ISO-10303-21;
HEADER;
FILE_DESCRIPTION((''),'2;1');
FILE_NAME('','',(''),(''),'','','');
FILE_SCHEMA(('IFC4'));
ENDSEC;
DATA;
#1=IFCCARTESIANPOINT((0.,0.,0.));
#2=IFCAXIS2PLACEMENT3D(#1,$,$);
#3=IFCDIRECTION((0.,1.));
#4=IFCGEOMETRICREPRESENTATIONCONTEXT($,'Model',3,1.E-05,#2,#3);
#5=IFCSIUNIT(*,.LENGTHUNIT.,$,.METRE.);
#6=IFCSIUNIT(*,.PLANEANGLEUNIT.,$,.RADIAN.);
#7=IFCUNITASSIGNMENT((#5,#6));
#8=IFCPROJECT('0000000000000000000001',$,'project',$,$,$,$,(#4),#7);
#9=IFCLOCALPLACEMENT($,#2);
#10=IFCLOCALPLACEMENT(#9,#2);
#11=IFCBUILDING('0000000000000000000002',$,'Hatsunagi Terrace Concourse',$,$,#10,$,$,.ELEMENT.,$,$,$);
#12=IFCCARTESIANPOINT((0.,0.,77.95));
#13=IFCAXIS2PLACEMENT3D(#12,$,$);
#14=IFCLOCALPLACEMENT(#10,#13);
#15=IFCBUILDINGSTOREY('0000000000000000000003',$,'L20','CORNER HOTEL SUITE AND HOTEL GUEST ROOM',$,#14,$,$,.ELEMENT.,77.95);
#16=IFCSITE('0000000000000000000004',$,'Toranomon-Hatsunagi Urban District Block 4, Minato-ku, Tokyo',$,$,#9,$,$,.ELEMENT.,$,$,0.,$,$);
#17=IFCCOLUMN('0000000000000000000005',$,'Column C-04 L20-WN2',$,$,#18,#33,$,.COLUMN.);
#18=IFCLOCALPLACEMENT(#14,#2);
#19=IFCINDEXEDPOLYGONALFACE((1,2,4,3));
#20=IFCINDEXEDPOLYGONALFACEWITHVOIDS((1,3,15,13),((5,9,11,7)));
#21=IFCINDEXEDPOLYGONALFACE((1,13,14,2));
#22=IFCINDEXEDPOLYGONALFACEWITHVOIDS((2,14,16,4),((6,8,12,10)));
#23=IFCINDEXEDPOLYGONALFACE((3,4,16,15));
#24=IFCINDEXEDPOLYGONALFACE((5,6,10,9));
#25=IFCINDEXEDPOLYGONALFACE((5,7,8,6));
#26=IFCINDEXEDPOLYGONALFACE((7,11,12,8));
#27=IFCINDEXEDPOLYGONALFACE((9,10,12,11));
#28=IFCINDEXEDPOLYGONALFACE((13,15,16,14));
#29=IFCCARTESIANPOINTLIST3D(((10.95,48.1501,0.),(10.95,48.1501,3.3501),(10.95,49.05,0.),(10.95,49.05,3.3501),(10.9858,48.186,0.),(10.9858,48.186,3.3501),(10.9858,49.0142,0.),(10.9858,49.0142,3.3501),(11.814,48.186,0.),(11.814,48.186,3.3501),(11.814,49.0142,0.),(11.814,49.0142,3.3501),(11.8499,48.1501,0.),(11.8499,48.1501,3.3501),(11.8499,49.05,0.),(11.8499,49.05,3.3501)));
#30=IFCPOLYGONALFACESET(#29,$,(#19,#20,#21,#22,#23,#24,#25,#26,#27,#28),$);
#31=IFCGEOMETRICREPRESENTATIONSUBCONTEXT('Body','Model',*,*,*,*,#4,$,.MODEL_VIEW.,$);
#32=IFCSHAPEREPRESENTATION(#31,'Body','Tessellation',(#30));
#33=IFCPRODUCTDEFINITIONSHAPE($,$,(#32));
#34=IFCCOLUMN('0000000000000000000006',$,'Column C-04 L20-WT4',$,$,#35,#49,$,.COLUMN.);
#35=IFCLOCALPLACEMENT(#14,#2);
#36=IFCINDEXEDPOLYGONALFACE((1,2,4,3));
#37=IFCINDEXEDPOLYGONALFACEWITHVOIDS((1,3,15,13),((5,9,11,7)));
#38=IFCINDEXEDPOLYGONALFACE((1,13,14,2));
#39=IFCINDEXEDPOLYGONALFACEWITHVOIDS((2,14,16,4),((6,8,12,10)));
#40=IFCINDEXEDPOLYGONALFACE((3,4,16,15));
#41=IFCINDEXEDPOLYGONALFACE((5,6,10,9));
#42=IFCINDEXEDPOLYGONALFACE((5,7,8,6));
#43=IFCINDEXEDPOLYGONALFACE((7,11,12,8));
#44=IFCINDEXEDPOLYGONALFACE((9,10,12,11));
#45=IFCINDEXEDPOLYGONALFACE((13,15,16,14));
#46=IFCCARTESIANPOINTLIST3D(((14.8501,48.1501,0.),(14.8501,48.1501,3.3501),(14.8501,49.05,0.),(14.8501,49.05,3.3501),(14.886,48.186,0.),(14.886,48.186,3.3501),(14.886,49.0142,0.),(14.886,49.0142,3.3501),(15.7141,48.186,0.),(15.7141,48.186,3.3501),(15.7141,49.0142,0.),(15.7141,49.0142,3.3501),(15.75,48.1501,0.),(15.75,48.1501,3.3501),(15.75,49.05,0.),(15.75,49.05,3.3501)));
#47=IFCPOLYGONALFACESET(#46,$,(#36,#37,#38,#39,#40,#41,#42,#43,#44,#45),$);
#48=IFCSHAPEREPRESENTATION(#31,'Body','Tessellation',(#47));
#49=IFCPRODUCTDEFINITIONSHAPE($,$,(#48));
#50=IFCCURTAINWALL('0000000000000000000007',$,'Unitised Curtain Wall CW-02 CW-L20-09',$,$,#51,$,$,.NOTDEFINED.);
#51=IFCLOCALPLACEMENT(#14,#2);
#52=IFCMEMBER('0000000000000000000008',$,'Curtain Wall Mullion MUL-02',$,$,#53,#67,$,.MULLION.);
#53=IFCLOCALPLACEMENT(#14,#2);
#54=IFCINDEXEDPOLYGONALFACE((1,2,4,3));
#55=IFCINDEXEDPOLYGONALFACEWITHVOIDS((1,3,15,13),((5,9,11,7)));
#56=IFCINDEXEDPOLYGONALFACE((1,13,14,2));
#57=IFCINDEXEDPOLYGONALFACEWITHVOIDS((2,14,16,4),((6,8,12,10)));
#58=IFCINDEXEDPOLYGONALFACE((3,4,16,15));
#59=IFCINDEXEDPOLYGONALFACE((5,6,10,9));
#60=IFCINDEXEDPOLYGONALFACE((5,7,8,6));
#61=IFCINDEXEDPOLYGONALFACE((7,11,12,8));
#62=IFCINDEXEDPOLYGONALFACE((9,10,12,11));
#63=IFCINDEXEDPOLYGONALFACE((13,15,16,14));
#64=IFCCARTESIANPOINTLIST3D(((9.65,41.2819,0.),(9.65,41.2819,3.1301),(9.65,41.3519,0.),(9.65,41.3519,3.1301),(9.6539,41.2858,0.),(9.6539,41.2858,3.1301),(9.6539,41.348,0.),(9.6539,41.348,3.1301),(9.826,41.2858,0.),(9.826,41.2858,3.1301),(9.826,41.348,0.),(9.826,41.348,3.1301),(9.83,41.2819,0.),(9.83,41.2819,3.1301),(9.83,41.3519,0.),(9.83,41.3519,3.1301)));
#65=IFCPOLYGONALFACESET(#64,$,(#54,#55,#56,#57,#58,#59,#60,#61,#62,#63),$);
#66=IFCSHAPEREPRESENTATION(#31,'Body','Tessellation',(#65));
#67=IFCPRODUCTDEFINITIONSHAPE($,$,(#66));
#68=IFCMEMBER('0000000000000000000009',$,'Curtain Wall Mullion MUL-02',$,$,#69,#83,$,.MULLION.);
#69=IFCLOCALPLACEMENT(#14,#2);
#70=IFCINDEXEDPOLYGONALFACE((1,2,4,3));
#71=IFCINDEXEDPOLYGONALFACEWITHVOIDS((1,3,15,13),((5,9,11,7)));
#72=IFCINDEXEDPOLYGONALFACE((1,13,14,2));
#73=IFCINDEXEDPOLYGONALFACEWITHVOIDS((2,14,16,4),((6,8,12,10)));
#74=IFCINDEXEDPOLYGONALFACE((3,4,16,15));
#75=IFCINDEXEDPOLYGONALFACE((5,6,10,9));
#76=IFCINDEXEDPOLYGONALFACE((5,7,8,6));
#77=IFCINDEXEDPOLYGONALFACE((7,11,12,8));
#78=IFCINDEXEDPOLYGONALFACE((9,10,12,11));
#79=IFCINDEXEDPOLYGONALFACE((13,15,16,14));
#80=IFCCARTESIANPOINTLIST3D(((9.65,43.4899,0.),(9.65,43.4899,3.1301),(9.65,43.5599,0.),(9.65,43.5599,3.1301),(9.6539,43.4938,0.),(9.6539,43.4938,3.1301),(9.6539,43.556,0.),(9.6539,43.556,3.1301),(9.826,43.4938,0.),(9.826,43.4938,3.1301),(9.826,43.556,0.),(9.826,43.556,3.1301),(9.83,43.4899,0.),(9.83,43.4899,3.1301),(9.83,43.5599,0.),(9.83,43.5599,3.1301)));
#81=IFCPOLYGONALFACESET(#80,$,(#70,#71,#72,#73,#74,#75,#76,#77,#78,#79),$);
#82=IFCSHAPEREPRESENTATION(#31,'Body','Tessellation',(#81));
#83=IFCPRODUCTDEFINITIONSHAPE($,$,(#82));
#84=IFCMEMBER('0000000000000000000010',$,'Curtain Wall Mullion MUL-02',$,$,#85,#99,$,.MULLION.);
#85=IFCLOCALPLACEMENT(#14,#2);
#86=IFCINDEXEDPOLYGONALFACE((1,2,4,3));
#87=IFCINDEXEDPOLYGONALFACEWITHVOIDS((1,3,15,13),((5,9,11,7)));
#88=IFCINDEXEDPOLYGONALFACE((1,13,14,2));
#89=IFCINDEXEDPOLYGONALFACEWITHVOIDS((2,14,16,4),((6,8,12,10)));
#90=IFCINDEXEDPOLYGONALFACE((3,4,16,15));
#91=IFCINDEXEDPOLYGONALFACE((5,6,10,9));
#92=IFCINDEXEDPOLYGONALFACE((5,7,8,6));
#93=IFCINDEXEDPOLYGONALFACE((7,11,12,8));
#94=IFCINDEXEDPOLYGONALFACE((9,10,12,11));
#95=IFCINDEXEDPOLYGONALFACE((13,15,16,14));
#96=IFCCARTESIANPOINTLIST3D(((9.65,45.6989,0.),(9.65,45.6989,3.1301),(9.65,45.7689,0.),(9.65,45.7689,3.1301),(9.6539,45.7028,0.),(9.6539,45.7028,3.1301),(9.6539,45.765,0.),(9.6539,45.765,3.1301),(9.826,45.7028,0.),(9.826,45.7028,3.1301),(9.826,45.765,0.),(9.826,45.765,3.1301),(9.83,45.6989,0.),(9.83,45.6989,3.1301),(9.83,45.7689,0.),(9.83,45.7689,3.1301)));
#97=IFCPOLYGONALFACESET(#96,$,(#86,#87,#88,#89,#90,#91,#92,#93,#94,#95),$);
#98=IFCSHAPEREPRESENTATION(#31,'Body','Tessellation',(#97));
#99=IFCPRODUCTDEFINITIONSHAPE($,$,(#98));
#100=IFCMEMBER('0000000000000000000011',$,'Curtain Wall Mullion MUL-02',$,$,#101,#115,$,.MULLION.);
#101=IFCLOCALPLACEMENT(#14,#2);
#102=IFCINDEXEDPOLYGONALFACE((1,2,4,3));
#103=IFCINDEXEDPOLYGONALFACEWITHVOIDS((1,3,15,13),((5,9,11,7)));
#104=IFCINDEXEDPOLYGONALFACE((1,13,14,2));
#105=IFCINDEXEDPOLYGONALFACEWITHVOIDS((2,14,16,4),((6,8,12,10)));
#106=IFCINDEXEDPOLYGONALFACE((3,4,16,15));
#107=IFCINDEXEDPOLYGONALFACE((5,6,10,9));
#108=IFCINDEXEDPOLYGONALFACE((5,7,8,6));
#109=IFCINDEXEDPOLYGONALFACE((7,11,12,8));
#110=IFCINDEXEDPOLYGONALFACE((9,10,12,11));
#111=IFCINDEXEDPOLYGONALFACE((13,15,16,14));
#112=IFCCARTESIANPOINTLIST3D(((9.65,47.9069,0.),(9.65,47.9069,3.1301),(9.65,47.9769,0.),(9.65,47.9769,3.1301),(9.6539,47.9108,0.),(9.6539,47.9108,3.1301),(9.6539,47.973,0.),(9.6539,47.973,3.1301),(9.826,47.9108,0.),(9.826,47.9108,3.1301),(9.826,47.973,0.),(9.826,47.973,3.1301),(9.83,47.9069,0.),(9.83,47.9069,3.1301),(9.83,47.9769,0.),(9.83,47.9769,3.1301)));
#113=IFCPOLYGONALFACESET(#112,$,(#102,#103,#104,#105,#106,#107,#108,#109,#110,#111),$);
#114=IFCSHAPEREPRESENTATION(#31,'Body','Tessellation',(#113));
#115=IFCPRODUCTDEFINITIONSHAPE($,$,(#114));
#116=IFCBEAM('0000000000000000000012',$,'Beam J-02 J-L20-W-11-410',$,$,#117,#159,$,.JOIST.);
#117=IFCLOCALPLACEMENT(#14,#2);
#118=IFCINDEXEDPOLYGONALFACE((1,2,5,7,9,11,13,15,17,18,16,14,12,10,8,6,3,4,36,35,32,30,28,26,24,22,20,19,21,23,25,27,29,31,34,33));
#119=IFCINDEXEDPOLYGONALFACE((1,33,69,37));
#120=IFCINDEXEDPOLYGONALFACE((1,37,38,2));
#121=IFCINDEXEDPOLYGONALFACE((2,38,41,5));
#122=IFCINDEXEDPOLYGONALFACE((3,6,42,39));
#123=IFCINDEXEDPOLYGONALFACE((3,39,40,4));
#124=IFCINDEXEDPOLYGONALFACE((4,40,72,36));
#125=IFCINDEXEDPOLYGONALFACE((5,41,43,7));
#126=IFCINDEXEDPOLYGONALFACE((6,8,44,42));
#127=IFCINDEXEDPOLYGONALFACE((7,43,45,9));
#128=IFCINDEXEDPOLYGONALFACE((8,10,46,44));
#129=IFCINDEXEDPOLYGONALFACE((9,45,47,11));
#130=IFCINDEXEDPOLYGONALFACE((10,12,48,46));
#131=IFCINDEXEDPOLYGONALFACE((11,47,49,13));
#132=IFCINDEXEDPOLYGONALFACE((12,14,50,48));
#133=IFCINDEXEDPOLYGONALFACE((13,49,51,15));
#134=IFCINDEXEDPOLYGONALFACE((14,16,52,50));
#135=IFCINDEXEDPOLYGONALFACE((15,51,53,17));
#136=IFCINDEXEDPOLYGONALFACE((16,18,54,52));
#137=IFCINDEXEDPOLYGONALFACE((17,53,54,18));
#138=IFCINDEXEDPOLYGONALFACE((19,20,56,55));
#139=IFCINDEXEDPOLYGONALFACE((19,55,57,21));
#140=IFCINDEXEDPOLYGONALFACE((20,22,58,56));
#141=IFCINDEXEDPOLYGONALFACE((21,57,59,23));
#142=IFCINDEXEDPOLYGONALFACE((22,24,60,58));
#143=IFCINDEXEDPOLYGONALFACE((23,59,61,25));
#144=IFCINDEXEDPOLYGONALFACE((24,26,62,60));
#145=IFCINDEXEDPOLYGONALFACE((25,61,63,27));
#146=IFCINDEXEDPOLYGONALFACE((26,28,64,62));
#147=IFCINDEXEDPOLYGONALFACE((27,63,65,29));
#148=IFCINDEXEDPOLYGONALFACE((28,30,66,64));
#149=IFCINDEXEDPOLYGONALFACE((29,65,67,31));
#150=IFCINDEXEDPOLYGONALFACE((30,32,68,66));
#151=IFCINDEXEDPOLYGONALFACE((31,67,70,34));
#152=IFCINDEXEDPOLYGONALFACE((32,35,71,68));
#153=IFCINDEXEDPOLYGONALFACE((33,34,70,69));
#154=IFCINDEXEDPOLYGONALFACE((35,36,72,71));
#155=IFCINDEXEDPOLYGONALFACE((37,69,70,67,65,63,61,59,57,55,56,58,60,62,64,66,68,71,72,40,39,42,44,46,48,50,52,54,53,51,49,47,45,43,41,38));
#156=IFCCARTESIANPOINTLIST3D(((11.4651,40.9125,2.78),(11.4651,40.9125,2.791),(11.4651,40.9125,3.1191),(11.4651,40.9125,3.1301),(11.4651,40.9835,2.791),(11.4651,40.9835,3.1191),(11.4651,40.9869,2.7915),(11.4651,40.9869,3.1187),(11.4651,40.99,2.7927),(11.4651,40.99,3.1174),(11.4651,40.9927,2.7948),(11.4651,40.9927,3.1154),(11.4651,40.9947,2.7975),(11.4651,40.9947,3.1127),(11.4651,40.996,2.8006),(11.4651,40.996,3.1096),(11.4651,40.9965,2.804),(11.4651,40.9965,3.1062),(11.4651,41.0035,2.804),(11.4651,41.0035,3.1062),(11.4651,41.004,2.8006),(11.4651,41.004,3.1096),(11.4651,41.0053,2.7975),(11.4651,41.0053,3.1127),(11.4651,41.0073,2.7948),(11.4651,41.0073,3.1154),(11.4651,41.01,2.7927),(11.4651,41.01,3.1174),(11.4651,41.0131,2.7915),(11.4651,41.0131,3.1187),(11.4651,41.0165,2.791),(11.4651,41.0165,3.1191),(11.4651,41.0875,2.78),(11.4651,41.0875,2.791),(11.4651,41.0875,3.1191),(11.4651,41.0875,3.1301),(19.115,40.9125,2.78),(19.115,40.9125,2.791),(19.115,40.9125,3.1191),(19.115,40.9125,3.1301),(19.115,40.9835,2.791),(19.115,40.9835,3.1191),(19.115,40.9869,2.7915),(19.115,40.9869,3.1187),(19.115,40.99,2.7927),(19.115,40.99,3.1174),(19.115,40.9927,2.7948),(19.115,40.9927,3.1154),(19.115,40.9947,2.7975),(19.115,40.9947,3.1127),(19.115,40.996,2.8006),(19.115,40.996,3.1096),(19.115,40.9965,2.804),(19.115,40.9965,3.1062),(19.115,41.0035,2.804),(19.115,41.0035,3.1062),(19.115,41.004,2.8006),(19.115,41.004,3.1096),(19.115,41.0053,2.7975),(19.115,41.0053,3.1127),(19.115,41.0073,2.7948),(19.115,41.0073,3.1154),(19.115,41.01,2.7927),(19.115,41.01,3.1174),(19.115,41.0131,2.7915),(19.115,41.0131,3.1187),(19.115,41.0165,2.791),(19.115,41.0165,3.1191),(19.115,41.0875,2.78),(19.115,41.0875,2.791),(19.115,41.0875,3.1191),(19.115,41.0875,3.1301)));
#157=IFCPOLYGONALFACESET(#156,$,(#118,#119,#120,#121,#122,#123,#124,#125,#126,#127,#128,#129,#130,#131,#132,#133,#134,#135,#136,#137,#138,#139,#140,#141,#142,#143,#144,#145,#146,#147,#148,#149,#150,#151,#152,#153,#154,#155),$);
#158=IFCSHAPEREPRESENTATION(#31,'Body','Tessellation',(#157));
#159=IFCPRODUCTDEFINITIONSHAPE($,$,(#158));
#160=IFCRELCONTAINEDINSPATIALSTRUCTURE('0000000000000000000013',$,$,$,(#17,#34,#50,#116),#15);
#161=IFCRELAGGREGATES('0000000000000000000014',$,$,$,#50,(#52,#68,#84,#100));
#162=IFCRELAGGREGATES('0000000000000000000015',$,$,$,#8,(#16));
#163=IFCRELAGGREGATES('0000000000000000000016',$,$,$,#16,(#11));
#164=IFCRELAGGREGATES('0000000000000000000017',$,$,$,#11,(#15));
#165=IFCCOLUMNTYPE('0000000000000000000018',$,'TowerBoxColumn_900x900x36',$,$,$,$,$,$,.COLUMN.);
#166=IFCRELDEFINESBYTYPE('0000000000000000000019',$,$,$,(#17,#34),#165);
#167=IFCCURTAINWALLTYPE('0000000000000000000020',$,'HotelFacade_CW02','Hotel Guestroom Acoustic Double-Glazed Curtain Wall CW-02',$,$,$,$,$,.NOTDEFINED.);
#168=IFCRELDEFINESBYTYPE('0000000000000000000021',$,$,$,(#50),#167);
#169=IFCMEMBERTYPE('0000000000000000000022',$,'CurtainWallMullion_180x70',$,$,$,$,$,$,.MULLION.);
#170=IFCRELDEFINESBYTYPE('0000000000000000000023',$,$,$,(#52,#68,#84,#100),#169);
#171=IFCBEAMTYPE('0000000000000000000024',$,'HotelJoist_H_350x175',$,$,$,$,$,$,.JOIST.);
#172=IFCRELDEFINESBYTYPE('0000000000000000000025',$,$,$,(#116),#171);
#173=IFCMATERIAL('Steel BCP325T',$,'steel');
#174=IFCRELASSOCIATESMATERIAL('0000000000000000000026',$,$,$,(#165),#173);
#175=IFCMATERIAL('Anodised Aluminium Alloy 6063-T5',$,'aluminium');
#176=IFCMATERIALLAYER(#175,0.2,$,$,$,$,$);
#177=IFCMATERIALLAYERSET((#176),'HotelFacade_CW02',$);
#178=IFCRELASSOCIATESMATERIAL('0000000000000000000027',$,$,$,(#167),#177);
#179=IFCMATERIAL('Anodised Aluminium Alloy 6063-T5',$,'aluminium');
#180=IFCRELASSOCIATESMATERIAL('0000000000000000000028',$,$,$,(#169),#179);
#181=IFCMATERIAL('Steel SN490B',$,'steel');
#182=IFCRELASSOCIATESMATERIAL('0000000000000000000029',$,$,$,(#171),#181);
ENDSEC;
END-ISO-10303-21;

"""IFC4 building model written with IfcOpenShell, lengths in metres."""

from ifc_helpers import new_model, si_unit, direction, frame, origin, origin_2d, place, context, subcontext, project, spatial, hollow_rectangle, i_section, extrude, material, layer, layer_set, material_profile, profile_set, type_object, element, aggregate, save


model = new_model("IFC4")

# Units and contexts
model_context = context("Model", 3, precision=1e-05, world=origin(), true_north=direction((0.0, 1.0)))
body_context = subcontext(model_context, "Body", "Model", "MODEL_VIEW")
ifc_project = project(units=[si_unit("LENGTHUNIT", "METRE"), si_unit("PLANEANGLEUNIT", "RADIAN")], contexts=[model_context])

# Site, building, storey
site_placement = place(None, origin())
site = spatial("IfcSite", under=ifc_project, at=site_placement, Name="Toranomon-Hatsunagi Urban District Block 4, Minato-ku, Tokyo", CompositionType="ELEMENT", RefElevation=0.0)
building_placement = place(site_placement, origin())
building = spatial("IfcBuilding", under=site, at=building_placement, Name="Hatsunagi Terrace Concourse", CompositionType="ELEMENT")
storey_placement = place(building_placement, frame((0.0, 0.0, 77.95)))
storey = spatial("IfcBuildingStorey", under=building, at=storey_placement, Name="L20", Description="CORNER HOTEL SUITE AND HOTEL GUEST ROOM", CompositionType="ELEMENT", Elevation=77.95)

# Columns
ifc_material_1 = material(Name="Steel BCP325T", Category="steel")
ifc_material_profile_1 = material_profile(ifc_material_1, hollow_rectangle(XDim=0.8999, YDim=0.8999, WallThickness=0.0359, at=origin_2d()), Name="BCP-900x900x36")
ifc_profile_set_1 = profile_set([ifc_material_profile_1], Name="Steel BCP325T")
column_type = type_object("IfcColumnType", Name="TowerBoxColumn_900x900x36", PredefinedType="COLUMN", material=ifc_profile_set_1)
for number, where, z_axis, x_axis, name in (
    (1, (11.3999, 48.6001, 0.0), (0.0, 0.0, 1.0), (1.0, 0.0, 0.0), "Column C-04 L20-WN2"),
    (2, (15.3, 48.6001, 0.0), (0.0, 0.0, 1.0), (1.0, 0.0, 0.0), "Column C-04 L20-WT4"),
):
    element("IfcColumn", number, at=place(storey_placement, frame(where, z_axis=z_axis, x_axis=x_axis)), inside=storey, type_object=column_type, Name=name, PredefinedType="COLUMN", context=body_context, shape_type="SweptSolid", body=[
        extrude(hollow_rectangle(XDim=0.8999, YDim=0.8999, WallThickness=0.0359, at=origin_2d()), origin(), (0.0, 0.0, 1.0), 3.3501),
    ])

# Curtain wall, members
ifc_material_2 = material(Name="Anodised Aluminium Alloy 6063-T5", Category="aluminium")
ifc_layer_1 = layer(ifc_material_2, 0.2)
ifc_layer_set_1 = layer_set([ifc_layer_1], Name="HotelFacade_CW02")
curtain_wall_type = type_object("IfcCurtainWallType", Name="HotelFacade_CW02", Description="Hotel Guestroom Acoustic Double-Glazed Curtain Wall CW-02", PredefinedType="NOTDEFINED", material=ifc_layer_set_1)
curtain_wall_placement = place(storey_placement, origin())
curtain_wall = element("IfcCurtainWall", 3, at=curtain_wall_placement, inside=storey, type_object=curtain_wall_type, Name="Unitised Curtain Wall CW-02 CW-L20-09", PredefinedType="NOTDEFINED")
ifc_material_3 = material(Name="Anodised Aluminium Alloy 6063-T5", Category="aluminium")
ifc_material_profile_2 = material_profile(ifc_material_3, hollow_rectangle(XDim=0.0701, YDim=0.1799, WallThickness=0.0039, at=origin_2d()), Name="ALU-MUL-180x70x4")
ifc_profile_set_2 = profile_set([ifc_material_profile_2], Name="Anodised Aluminium Alloy 6063-T5")
member_type = type_object("IfcMemberType", Name="CurtainWallMullion_180x70", PredefinedType="MULLION", material=ifc_profile_set_2)
member_1_placement = place(storey_placement, frame((9.74, 41.3169, 0.0), z_axis=(0.0, 0.0, 1.0), x_axis=(0.0, 1.0, 0.0)))
member_1 = element("IfcMember", 4, at=member_1_placement, type_object=member_type, Name="Curtain Wall Mullion MUL-02", PredefinedType="MULLION", context=body_context, shape_type="SweptSolid", body=[
    extrude(hollow_rectangle(XDim=0.0701, YDim=0.1799, WallThickness=0.0039, at=origin_2d()), origin(), (0.0, 0.0, 1.0), 3.1301),
])
member_2_placement = place(storey_placement, frame((9.74, 43.5249, 0.0), z_axis=(0.0, 0.0, 1.0), x_axis=(0.0, 1.0, 0.0)))
member_2 = element("IfcMember", 5, at=member_2_placement, type_object=member_type, Name="Curtain Wall Mullion MUL-02", PredefinedType="MULLION", context=body_context, shape_type="SweptSolid", body=[
    extrude(hollow_rectangle(XDim=0.0701, YDim=0.1799, WallThickness=0.0039, at=origin_2d()), origin(), (0.0, 0.0, 1.0), 3.1301),
])
member_3_placement = place(storey_placement, frame((9.74, 45.7339, 0.0), z_axis=(0.0, 0.0, 1.0), x_axis=(0.0, 1.0, 0.0)))
member_3 = element("IfcMember", 6, at=member_3_placement, type_object=member_type, Name="Curtain Wall Mullion MUL-02", PredefinedType="MULLION", context=body_context, shape_type="SweptSolid", body=[
    extrude(hollow_rectangle(XDim=0.0701, YDim=0.1799, WallThickness=0.0039, at=origin_2d()), origin(), (0.0, 0.0, 1.0), 3.1301),
])
member_4_placement = place(storey_placement, frame((9.74, 47.9419, 0.0), z_axis=(0.0, 0.0, 1.0), x_axis=(0.0, 1.0, 0.0)))
member_4 = element("IfcMember", 7, at=member_4_placement, type_object=member_type, Name="Curtain Wall Mullion MUL-02", PredefinedType="MULLION", context=body_context, shape_type="SweptSolid", body=[
    extrude(hollow_rectangle(XDim=0.0701, YDim=0.1799, WallThickness=0.0039, at=origin_2d()), origin(), (0.0, 0.0, 1.0), 3.1301),
])

# Beam
ifc_material_4 = material(Name="Steel SN490B", Category="steel")
ifc_material_profile_3 = material_profile(ifc_material_4, i_section(OverallWidth=0.175, OverallDepth=0.3501, WebThickness=0.0071, FlangeThickness=0.011, FilletRadius=0.0129, at=origin_2d()), Name="H-350x175x7x11")
ifc_profile_set_3 = profile_set([ifc_material_profile_3], Name="Steel SN490B")
beam_type_1 = type_object("IfcBeamType", Name="HotelJoist_H_350x175", PredefinedType="JOIST", material=ifc_profile_set_3)
for number, where, z_axis, x_axis, name in (
    (8, (11.4651, 41.0, 2.9551), (1.0, 0.0, 0.0), (0.0, 1.0, 0.0), "Beam J-02 J-L20-W-11-410"),
):
    element("IfcBeam", number, at=place(storey_placement, frame(where, z_axis=z_axis, x_axis=x_axis)), inside=storey, type_object=beam_type_1, Name=name, PredefinedType="JOIST", context=body_context, shape_type="SweptSolid", body=[
        extrude(i_section(OverallWidth=0.175, OverallDepth=0.3501, WebThickness=0.0071, FlangeThickness=0.011, FilletRadius=0.0129, at=origin_2d()), origin(), (0.0, 0.0, 1.0), 7.6499),
    ])

aggregate(curtain_wall, [member_1, member_2, member_3, member_4])

save(model, "model.ifc")
